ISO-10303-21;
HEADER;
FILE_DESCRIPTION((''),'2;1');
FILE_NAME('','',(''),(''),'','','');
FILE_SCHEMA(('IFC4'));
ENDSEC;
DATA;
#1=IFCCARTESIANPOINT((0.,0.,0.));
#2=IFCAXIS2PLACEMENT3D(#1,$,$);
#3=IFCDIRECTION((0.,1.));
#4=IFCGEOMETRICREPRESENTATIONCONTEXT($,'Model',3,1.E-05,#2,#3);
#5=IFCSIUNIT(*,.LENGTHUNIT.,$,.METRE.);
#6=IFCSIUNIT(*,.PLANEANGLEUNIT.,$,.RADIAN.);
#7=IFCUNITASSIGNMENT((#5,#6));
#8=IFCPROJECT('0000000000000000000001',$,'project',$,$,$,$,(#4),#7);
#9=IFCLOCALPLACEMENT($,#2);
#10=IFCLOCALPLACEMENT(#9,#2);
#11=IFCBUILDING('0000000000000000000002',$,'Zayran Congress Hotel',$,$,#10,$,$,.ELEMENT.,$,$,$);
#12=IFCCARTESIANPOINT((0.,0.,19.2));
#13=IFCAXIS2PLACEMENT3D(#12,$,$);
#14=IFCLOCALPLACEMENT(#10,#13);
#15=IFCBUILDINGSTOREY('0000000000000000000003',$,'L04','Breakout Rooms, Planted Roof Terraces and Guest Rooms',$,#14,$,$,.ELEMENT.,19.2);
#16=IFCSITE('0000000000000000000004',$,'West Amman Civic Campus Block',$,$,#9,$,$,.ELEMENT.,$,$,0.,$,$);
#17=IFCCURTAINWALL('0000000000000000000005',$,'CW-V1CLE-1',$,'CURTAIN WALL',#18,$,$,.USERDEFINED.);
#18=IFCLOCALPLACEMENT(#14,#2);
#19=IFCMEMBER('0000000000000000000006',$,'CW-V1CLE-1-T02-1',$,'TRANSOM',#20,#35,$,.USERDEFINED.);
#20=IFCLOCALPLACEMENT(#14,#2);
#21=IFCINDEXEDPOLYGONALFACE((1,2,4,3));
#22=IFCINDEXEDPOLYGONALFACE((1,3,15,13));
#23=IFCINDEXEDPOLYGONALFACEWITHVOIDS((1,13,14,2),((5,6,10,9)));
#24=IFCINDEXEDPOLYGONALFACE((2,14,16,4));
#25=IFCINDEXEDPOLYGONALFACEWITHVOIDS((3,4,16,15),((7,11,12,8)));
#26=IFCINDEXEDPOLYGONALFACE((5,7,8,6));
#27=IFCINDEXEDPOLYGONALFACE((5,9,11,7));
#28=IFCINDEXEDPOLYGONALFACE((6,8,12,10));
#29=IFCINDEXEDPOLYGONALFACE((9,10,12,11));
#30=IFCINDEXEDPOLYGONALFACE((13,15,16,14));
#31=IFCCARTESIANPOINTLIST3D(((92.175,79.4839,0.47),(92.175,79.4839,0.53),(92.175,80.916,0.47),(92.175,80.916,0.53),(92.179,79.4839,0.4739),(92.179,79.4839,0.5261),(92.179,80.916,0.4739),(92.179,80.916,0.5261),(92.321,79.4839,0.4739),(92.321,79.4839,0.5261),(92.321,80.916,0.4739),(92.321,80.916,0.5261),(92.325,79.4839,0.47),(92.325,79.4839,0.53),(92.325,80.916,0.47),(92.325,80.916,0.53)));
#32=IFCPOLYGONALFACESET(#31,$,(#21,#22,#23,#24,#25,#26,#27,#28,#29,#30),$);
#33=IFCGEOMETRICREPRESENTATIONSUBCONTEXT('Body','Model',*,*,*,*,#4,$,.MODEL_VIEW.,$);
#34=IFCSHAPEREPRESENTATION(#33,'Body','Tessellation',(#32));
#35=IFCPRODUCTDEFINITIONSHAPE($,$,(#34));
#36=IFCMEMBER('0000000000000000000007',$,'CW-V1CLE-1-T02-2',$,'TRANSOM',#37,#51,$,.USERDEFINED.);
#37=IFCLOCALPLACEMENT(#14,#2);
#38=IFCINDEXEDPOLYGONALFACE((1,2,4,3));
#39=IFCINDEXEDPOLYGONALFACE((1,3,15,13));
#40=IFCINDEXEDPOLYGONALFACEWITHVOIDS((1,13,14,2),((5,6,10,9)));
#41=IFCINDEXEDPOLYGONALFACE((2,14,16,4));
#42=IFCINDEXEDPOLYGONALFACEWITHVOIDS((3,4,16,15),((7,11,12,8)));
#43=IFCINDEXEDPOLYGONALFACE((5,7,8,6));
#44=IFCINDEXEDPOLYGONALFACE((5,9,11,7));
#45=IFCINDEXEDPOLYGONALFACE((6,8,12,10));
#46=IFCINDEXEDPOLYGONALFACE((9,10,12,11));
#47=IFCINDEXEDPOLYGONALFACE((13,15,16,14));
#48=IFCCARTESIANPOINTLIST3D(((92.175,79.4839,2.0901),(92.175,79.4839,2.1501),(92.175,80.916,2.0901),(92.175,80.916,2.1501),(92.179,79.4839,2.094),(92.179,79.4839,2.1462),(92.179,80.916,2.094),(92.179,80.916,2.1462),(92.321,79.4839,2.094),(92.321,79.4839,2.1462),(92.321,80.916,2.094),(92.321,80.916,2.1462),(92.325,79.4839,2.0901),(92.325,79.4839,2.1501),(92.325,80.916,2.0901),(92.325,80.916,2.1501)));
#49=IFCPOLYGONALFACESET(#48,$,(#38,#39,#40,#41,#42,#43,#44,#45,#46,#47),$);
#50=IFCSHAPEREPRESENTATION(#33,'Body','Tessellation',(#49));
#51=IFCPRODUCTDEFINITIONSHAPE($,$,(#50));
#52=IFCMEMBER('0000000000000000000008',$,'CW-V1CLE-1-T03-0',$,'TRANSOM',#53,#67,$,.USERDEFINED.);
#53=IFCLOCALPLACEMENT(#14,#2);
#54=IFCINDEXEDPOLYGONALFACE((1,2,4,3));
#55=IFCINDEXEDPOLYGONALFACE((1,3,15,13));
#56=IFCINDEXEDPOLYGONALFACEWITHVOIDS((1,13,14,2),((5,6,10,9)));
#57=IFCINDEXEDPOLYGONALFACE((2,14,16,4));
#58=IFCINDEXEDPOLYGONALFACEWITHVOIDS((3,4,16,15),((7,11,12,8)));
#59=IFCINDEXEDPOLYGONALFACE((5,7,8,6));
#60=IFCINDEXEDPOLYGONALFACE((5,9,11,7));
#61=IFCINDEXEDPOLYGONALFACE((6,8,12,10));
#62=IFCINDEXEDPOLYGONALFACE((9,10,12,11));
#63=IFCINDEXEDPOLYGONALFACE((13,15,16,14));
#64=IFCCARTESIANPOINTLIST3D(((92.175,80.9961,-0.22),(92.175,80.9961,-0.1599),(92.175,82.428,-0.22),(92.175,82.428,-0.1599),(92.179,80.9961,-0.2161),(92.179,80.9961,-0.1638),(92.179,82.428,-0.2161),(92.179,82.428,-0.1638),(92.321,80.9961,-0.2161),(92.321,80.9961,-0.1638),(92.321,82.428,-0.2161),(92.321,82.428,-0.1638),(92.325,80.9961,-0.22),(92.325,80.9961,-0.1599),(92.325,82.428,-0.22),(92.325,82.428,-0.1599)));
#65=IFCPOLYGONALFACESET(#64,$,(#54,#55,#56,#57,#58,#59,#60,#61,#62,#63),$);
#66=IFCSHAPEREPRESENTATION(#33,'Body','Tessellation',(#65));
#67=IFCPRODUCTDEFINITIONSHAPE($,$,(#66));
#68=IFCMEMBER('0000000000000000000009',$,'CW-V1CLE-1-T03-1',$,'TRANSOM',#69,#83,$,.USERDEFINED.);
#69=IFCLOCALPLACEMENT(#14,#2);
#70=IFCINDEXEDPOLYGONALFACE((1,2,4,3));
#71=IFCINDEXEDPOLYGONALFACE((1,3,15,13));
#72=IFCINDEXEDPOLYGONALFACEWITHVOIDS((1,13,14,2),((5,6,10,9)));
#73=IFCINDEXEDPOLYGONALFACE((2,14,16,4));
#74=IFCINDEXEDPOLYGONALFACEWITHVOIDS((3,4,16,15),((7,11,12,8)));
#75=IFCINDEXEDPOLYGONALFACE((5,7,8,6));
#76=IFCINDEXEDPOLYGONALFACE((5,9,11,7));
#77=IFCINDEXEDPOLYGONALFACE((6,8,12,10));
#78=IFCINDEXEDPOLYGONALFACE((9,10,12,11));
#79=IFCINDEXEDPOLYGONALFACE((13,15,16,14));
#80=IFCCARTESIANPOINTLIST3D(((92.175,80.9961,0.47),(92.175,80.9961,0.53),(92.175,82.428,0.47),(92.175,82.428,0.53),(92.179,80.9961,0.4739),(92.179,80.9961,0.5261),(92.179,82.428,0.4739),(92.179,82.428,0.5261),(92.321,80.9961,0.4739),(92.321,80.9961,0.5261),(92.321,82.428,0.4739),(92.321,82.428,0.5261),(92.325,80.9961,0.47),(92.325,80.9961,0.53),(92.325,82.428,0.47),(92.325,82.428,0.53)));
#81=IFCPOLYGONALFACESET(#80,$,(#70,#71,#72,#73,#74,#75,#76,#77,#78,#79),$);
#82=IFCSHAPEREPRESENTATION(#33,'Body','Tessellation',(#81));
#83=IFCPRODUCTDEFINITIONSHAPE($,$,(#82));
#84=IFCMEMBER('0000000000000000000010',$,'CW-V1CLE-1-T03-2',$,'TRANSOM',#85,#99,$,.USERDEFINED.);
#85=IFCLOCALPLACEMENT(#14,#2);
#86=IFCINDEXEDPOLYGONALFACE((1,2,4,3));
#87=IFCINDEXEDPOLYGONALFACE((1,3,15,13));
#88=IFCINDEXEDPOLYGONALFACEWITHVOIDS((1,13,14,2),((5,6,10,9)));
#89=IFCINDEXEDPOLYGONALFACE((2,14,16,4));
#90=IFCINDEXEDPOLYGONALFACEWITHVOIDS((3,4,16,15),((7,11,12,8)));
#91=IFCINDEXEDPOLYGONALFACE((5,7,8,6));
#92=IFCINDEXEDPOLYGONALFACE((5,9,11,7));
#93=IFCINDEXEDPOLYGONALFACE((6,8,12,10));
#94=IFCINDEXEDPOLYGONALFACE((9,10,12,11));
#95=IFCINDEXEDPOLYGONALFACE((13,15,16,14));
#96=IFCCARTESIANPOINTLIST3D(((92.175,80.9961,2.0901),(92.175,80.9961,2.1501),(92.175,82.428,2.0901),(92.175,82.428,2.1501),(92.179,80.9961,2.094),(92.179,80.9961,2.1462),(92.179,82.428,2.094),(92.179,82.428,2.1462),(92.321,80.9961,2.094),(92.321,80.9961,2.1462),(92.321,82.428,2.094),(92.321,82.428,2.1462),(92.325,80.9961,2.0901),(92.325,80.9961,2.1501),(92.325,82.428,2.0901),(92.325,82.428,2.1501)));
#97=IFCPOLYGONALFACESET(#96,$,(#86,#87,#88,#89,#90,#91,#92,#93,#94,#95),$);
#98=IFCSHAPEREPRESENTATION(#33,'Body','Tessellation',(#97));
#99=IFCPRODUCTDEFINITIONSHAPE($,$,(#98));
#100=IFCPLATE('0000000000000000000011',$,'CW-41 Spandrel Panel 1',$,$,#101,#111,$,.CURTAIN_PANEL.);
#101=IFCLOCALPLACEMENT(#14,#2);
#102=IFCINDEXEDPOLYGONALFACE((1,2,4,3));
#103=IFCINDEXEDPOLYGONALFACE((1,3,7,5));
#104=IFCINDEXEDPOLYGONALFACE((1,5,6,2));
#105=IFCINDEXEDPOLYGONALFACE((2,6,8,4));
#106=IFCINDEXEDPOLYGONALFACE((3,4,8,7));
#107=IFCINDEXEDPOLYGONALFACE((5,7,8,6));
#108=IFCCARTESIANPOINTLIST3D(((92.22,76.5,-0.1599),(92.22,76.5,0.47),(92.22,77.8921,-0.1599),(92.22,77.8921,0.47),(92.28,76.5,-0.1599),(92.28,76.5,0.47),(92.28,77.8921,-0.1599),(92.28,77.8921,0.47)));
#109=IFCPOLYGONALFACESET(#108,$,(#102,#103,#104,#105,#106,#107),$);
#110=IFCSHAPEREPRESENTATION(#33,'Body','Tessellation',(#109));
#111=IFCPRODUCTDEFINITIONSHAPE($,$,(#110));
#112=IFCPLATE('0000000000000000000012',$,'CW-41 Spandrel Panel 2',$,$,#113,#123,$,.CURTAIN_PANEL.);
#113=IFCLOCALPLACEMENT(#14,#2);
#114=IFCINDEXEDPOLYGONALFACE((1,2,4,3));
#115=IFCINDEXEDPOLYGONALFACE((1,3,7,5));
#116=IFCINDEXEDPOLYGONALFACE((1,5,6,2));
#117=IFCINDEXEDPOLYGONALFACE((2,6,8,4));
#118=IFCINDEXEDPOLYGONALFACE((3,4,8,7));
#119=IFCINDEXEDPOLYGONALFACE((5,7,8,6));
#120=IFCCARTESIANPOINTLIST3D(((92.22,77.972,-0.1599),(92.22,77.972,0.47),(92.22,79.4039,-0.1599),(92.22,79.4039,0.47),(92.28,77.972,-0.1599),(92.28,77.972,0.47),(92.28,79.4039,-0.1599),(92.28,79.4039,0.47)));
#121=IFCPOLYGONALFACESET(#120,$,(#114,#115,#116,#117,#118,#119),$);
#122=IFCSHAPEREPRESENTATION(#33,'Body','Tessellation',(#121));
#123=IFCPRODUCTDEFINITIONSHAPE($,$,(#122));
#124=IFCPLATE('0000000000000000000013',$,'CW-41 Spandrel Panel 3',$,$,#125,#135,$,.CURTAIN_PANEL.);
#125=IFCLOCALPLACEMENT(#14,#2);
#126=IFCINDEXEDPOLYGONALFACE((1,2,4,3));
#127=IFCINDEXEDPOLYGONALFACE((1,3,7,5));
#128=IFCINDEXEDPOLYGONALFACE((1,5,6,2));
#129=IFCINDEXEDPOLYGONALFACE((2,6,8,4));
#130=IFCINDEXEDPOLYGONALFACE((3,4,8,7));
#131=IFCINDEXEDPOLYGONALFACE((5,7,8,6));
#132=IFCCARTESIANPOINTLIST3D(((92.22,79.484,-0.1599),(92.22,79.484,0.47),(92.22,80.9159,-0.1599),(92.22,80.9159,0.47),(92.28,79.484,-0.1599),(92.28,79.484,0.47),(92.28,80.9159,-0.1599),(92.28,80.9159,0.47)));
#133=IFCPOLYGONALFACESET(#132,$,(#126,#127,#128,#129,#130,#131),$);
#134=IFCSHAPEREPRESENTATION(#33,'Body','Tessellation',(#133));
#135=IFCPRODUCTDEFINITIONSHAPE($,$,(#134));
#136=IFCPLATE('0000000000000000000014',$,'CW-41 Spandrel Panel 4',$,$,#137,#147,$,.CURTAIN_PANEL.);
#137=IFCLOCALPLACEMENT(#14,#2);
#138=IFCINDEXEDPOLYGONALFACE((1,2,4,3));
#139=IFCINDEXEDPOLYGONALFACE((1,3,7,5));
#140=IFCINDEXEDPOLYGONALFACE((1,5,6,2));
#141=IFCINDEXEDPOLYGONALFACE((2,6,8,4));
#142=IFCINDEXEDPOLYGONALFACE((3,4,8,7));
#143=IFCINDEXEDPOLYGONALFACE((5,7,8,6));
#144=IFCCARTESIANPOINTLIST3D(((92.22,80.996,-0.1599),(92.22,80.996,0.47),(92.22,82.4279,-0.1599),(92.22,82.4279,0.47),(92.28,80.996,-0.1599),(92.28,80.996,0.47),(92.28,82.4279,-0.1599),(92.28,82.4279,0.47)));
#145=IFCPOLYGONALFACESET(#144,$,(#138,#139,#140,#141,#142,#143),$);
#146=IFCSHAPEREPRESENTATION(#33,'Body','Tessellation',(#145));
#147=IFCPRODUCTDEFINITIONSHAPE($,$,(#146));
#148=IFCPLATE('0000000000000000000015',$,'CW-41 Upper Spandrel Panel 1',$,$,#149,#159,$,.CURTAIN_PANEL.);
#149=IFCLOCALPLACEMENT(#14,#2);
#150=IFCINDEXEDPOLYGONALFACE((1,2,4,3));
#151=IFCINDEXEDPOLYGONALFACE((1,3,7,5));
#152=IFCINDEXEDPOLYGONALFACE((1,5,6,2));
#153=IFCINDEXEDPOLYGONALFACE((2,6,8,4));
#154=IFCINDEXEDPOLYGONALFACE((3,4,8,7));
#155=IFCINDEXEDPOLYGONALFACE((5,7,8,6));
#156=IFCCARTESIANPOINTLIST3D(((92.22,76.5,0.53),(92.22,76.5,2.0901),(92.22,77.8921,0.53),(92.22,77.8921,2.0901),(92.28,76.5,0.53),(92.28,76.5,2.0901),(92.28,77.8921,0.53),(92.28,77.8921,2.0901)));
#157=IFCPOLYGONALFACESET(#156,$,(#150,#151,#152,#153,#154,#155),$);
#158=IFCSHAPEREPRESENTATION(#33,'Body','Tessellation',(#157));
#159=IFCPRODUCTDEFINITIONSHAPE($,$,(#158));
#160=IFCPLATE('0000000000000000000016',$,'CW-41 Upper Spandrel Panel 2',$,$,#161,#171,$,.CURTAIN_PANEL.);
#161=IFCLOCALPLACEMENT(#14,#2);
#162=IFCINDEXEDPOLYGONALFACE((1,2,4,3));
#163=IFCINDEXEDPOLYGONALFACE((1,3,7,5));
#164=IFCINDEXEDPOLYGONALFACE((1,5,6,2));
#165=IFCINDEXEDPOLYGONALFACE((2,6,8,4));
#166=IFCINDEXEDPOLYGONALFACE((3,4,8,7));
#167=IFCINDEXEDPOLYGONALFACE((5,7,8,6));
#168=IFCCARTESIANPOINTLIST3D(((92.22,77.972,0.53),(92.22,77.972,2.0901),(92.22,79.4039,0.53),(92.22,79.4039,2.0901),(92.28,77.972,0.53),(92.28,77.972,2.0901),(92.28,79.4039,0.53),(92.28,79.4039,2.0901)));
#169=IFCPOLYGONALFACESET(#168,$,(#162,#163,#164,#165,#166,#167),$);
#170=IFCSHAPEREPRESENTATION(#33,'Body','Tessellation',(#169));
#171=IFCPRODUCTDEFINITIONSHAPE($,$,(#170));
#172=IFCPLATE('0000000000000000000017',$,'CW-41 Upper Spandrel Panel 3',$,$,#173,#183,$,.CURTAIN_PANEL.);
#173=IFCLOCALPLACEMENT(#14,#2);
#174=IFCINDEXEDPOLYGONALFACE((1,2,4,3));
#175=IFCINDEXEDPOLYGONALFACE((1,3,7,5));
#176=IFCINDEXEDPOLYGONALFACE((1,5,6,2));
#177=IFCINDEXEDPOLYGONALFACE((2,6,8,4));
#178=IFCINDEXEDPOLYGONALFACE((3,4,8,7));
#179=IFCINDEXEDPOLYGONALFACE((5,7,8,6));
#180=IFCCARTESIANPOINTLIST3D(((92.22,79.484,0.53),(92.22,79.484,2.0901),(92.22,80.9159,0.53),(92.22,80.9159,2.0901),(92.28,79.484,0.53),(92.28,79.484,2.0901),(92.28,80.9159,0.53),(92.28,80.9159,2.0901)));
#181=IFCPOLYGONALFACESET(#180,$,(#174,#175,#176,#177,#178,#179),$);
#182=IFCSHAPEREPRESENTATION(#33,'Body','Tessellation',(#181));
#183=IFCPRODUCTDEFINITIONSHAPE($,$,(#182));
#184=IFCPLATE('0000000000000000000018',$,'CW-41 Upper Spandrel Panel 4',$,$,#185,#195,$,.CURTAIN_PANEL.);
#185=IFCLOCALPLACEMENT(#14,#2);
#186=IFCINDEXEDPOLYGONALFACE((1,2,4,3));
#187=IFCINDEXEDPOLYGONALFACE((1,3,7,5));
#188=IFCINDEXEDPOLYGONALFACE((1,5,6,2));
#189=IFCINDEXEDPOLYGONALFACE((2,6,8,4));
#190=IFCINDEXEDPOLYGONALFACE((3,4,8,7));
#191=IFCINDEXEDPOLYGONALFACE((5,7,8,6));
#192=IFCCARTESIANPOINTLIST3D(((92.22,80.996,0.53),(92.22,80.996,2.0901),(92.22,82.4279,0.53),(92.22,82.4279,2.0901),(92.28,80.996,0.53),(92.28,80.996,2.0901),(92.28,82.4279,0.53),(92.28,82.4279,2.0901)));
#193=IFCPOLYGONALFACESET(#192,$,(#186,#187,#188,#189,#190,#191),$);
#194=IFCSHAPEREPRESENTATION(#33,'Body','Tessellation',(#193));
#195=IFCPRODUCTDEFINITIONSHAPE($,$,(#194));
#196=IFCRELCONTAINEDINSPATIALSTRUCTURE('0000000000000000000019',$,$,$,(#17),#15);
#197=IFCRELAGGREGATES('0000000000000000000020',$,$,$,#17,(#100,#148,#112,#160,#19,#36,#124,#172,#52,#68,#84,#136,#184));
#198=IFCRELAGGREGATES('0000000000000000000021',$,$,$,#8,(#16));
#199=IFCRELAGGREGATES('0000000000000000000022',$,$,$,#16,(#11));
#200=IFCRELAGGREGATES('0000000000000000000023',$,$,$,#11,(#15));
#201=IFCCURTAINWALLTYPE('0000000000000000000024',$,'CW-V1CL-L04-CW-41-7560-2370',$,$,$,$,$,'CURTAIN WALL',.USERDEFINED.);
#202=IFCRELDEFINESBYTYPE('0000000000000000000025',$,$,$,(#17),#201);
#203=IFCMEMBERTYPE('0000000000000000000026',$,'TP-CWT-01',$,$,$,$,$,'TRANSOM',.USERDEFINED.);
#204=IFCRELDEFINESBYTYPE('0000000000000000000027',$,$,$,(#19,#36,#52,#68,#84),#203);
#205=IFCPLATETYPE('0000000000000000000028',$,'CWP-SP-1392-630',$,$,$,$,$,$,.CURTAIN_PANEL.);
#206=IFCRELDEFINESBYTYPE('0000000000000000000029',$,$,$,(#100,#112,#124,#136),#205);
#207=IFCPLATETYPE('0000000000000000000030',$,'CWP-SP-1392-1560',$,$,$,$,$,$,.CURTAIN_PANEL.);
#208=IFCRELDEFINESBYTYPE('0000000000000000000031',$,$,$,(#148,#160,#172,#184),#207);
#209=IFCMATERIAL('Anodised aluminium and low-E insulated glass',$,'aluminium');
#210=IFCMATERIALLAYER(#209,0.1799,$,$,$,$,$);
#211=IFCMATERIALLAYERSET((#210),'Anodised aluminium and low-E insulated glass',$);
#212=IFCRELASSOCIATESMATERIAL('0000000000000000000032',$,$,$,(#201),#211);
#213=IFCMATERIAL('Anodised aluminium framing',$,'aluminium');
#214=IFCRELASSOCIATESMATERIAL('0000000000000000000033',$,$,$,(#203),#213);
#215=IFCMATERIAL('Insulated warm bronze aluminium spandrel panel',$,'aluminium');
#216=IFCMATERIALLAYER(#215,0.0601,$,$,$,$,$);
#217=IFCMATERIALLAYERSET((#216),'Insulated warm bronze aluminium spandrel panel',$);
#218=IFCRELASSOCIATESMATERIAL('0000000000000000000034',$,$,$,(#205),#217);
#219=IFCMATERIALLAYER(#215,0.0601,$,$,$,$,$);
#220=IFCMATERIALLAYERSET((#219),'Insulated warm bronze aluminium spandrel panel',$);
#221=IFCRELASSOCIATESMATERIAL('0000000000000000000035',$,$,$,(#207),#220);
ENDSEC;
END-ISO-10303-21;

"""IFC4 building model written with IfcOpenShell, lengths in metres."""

from ifc_helpers import new_model, si_unit, direction, frame, origin, origin_2d, place, context, subcontext, project, spatial, rectangle, hollow_rectangle, extrude, material, layer, layer_set, material_profile, profile_set, type_object, element, aggregate, save


model = new_model("IFC4")

# Units and contexts
model_context = context("Model", 3, precision=1e-05, world=origin(), true_north=direction((0.0, 1.0)))
body_context = subcontext(model_context, "Body", "Model", "MODEL_VIEW")
ifc_project = project(units=[si_unit("LENGTHUNIT", "METRE"), si_unit("PLANEANGLEUNIT", "RADIAN")], contexts=[model_context])

# Site, building, storey
site_placement = place(None, origin())
site = spatial("IfcSite", under=ifc_project, at=site_placement, Name="West Amman Civic Campus Block", CompositionType="ELEMENT", RefElevation=0.0)
building_placement = place(site_placement, origin())
building = spatial("IfcBuilding", under=site, at=building_placement, Name="Zayran Congress Hotel", CompositionType="ELEMENT")
storey_placement = place(building_placement, frame((0.0, 0.0, 19.2)))
storey = spatial("IfcBuildingStorey", under=building, at=storey_placement, Name="L04", Description="Breakout Rooms, Planted Roof Terraces and Guest Rooms", CompositionType="ELEMENT", Elevation=19.2)

# Curtain wall, members, plates
ifc_material_1 = material(Name="Anodised aluminium and low-E insulated glass", Category="aluminium")
ifc_layer_1 = layer(ifc_material_1, 0.1799)
ifc_layer_set_1 = layer_set([ifc_layer_1], Name="Anodised aluminium and low-E insulated glass")
curtain_wall_type = type_object("IfcCurtainWallType", Name="CW-V1CL-L04-CW-41-7560-2370", ElementType="CURTAIN WALL", PredefinedType="USERDEFINED", material=ifc_layer_set_1)
curtain_wall_placement = place(storey_placement, origin())
curtain_wall = element("IfcCurtainWall", 1, at=curtain_wall_placement, inside=storey, type_object=curtain_wall_type, Name="CW-V1CLE-1", ObjectType="CURTAIN WALL", PredefinedType="USERDEFINED")
ifc_material_2 = material(Name="Anodised aluminium framing", Category="aluminium")
ifc_material_profile_1 = material_profile(ifc_material_2, hollow_rectangle(XDim=0.0601, YDim=0.1499, WallThickness=0.0039, at=origin_2d()), Name="RHS 150x60x4")
ifc_profile_set_1 = profile_set([ifc_material_profile_1], Name="Anodised aluminium framing")
member_type_1 = type_object("IfcMemberType", Name="TP-CWT-01", ElementType="TRANSOM", PredefinedType="USERDEFINED", material=ifc_profile_set_1)
member_1_placement = place(storey_placement, frame((92.25, 79.4839, 0.5), z_axis=(0.0, 1.0, 0.0), x_axis=(0.0, 0.0, 1.0)))
member_1 = element("IfcMember", 2, at=member_1_placement, type_object=member_type_1, Name="CW-V1CLE-1-T02-1", ObjectType="TRANSOM", PredefinedType="USERDEFINED", context=body_context, shape_type="SweptSolid", body=[
    extrude(hollow_rectangle(XDim=0.0601, YDim=0.1499, WallThickness=0.0039, at=origin_2d()), origin(), (0.0, 0.0, 1.0), 1.4321),
])
member_2_placement = place(storey_placement, frame((92.25, 79.4839, 2.1201), z_axis=(0.0, 1.0, 0.0), x_axis=(0.0, 0.0, 1.0)))
member_2 = element("IfcMember", 3, at=member_2_placement, type_object=member_type_1, Name="CW-V1CLE-1-T02-2", ObjectType="TRANSOM", PredefinedType="USERDEFINED", context=body_context, shape_type="SweptSolid", body=[
    extrude(hollow_rectangle(XDim=0.0601, YDim=0.1499, WallThickness=0.0039, at=origin_2d()), origin(), (0.0, 0.0, 1.0), 1.4321),
])
member_3_placement = place(storey_placement, frame((92.25, 80.9961, -0.1899), z_axis=(0.0, 1.0, 0.0), x_axis=(0.0, 0.0, 1.0)))
member_3 = element("IfcMember", 4, at=member_3_placement, type_object=member_type_1, Name="CW-V1CLE-1-T03-0", ObjectType="TRANSOM", PredefinedType="USERDEFINED", context=body_context, shape_type="SweptSolid", body=[
    extrude(hollow_rectangle(XDim=0.0601, YDim=0.1499, WallThickness=0.0039, at=origin_2d()), origin(), (0.0, 0.0, 1.0), 1.4319),
])
member_4_placement = place(storey_placement, frame((92.25, 80.9961, 0.5), z_axis=(0.0, 1.0, 0.0), x_axis=(0.0, 0.0, 1.0)))
member_4 = element("IfcMember", 5, at=member_4_placement, type_object=member_type_1, Name="CW-V1CLE-1-T03-1", ObjectType="TRANSOM", PredefinedType="USERDEFINED", context=body_context, shape_type="SweptSolid", body=[
    extrude(hollow_rectangle(XDim=0.0601, YDim=0.1499, WallThickness=0.0039, at=origin_2d()), origin(), (0.0, 0.0, 1.0), 1.4319),
])
member_5_placement = place(storey_placement, frame((92.25, 80.9961, 2.1201), z_axis=(0.0, 1.0, 0.0), x_axis=(0.0, 0.0, 1.0)))
member_5 = element("IfcMember", 6, at=member_5_placement, type_object=member_type_1, Name="CW-V1CLE-1-T03-2", ObjectType="TRANSOM", PredefinedType="USERDEFINED", context=body_context, shape_type="SweptSolid", body=[
    extrude(hollow_rectangle(XDim=0.0601, YDim=0.1499, WallThickness=0.0039, at=origin_2d()), origin(), (0.0, 0.0, 1.0), 1.4319),
])
ifc_material_3 = material(Name="Insulated warm bronze aluminium spandrel panel", Category="aluminium")
ifc_layer_2 = layer(ifc_material_3, 0.0601)
ifc_layer_set_2 = layer_set([ifc_layer_2], Name="Insulated warm bronze aluminium spandrel panel")
plate_type_1 = type_object("IfcPlateType", Name="CWP-SP-1392-630", PredefinedType="CURTAIN_PANEL", material=ifc_layer_set_2)
plate_1_placement = place(storey_placement, frame((92.25, 77.196, -0.1599), z_axis=(0.0, 0.0, 1.0), x_axis=(0.0, 1.0, 0.0)))
plate_1 = element("IfcPlate", 7, at=plate_1_placement, type_object=plate_type_1, Name="CW-41 Spandrel Panel 1", PredefinedType="CURTAIN_PANEL", context=body_context, shape_type="SweptSolid", body=[
    extrude(rectangle(XDim=1.3921, YDim=0.0601, at=origin_2d()), origin(), (0.0, 0.0, 1.0), 0.6299),
])
plate_2_placement = place(storey_placement, frame((92.25, 78.688, -0.1599), z_axis=(0.0, 0.0, 1.0), x_axis=(0.0, 1.0, 0.0)))
plate_2 = element("IfcPlate", 8, at=plate_2_placement, type_object=plate_type_1, Name="CW-41 Spandrel Panel 2", PredefinedType="CURTAIN_PANEL", context=body_context, shape_type="SweptSolid", body=[
    extrude(rectangle(XDim=1.4319, YDim=0.0601, at=origin_2d()), origin(), (0.0, 0.0, 1.0), 0.6299),
])
plate_3_placement = place(storey_placement, frame((92.25, 80.2, -0.1599), z_axis=(0.0, 0.0, 1.0), x_axis=(0.0, 1.0, 0.0)))
plate_3 = element("IfcPlate", 9, at=plate_3_placement, type_object=plate_type_1, Name="CW-41 Spandrel Panel 3", PredefinedType="CURTAIN_PANEL", context=body_context, shape_type="SweptSolid", body=[
    extrude(rectangle(XDim=1.4319, YDim=0.0601, at=origin_2d()), origin(), (0.0, 0.0, 1.0), 0.6299),
])
plate_4_placement = place(storey_placement, frame((92.25, 81.7119, -0.1599), z_axis=(0.0, 0.0, 1.0), x_axis=(0.0, 1.0, 0.0)))
plate_4 = element("IfcPlate", 10, at=plate_4_placement, type_object=plate_type_1, Name="CW-41 Spandrel Panel 4", PredefinedType="CURTAIN_PANEL", context=body_context, shape_type="SweptSolid", body=[
    extrude(rectangle(XDim=1.4319, YDim=0.0601, at=origin_2d()), origin(), (0.0, 0.0, 1.0), 0.6299),
])
ifc_layer_3 = layer(ifc_material_3, 0.0601)
ifc_layer_set_3 = layer_set([ifc_layer_3], Name="Insulated warm bronze aluminium spandrel panel")
plate_type_2 = type_object("IfcPlateType", Name="CWP-SP-1392-1560", PredefinedType="CURTAIN_PANEL", material=ifc_layer_set_3)
plate_5_placement = place(storey_placement, frame((92.25, 77.196, 0.53), z_axis=(0.0, 0.0, 1.0), x_axis=(0.0, 1.0, 0.0)))
plate_5 = element("IfcPlate", 11, at=plate_5_placement, type_object=plate_type_2, Name="CW-41 Upper Spandrel Panel 1", PredefinedType="CURTAIN_PANEL", context=body_context, shape_type="SweptSolid", body=[
    extrude(rectangle(XDim=1.3921, YDim=0.0601, at=origin_2d()), origin(), (0.0, 0.0, 1.0), 1.5601),
])
plate_6_placement = place(storey_placement, frame((92.25, 78.688, 0.53), z_axis=(0.0, 0.0, 1.0), x_axis=(0.0, 1.0, 0.0)))
plate_6 = element("IfcPlate", 12, at=plate_6_placement, type_object=plate_type_2, Name="CW-41 Upper Spandrel Panel 2", PredefinedType="CURTAIN_PANEL", context=body_context, shape_type="SweptSolid", body=[
    extrude(rectangle(XDim=1.4319, YDim=0.0601, at=origin_2d()), origin(), (0.0, 0.0, 1.0), 1.5601),
])
plate_7_placement = place(storey_placement, frame((92.25, 80.2, 0.53), z_axis=(0.0, 0.0, 1.0), x_axis=(0.0, 1.0, 0.0)))
plate_7 = element("IfcPlate", 13, at=plate_7_placement, type_object=plate_type_2, Name="CW-41 Upper Spandrel Panel 3", PredefinedType="CURTAIN_PANEL", context=body_context, shape_type="SweptSolid", body=[
    extrude(rectangle(XDim=1.4319, YDim=0.0601, at=origin_2d()), origin(), (0.0, 0.0, 1.0), 1.5601),
])
plate_8_placement = place(storey_placement, frame((92.25, 81.7119, 0.53), z_axis=(0.0, 0.0, 1.0), x_axis=(0.0, 1.0, 0.0)))
plate_8 = element("IfcPlate", 14, at=plate_8_placement, type_object=plate_type_2, Name="CW-41 Upper Spandrel Panel 4", PredefinedType="CURTAIN_PANEL", context=body_context, shape_type="SweptSolid", body=[
    extrude(rectangle(XDim=1.4319, YDim=0.0601, at=origin_2d()), origin(), (0.0, 0.0, 1.0), 1.5601),
])
aggregate(curtain_wall, [plate_1, plate_5, plate_2, plate_6, member_1, member_2, plate_3, plate_7, member_3, member_4, member_5, plate_4, plate_8])

save(model, "model.ifc")
